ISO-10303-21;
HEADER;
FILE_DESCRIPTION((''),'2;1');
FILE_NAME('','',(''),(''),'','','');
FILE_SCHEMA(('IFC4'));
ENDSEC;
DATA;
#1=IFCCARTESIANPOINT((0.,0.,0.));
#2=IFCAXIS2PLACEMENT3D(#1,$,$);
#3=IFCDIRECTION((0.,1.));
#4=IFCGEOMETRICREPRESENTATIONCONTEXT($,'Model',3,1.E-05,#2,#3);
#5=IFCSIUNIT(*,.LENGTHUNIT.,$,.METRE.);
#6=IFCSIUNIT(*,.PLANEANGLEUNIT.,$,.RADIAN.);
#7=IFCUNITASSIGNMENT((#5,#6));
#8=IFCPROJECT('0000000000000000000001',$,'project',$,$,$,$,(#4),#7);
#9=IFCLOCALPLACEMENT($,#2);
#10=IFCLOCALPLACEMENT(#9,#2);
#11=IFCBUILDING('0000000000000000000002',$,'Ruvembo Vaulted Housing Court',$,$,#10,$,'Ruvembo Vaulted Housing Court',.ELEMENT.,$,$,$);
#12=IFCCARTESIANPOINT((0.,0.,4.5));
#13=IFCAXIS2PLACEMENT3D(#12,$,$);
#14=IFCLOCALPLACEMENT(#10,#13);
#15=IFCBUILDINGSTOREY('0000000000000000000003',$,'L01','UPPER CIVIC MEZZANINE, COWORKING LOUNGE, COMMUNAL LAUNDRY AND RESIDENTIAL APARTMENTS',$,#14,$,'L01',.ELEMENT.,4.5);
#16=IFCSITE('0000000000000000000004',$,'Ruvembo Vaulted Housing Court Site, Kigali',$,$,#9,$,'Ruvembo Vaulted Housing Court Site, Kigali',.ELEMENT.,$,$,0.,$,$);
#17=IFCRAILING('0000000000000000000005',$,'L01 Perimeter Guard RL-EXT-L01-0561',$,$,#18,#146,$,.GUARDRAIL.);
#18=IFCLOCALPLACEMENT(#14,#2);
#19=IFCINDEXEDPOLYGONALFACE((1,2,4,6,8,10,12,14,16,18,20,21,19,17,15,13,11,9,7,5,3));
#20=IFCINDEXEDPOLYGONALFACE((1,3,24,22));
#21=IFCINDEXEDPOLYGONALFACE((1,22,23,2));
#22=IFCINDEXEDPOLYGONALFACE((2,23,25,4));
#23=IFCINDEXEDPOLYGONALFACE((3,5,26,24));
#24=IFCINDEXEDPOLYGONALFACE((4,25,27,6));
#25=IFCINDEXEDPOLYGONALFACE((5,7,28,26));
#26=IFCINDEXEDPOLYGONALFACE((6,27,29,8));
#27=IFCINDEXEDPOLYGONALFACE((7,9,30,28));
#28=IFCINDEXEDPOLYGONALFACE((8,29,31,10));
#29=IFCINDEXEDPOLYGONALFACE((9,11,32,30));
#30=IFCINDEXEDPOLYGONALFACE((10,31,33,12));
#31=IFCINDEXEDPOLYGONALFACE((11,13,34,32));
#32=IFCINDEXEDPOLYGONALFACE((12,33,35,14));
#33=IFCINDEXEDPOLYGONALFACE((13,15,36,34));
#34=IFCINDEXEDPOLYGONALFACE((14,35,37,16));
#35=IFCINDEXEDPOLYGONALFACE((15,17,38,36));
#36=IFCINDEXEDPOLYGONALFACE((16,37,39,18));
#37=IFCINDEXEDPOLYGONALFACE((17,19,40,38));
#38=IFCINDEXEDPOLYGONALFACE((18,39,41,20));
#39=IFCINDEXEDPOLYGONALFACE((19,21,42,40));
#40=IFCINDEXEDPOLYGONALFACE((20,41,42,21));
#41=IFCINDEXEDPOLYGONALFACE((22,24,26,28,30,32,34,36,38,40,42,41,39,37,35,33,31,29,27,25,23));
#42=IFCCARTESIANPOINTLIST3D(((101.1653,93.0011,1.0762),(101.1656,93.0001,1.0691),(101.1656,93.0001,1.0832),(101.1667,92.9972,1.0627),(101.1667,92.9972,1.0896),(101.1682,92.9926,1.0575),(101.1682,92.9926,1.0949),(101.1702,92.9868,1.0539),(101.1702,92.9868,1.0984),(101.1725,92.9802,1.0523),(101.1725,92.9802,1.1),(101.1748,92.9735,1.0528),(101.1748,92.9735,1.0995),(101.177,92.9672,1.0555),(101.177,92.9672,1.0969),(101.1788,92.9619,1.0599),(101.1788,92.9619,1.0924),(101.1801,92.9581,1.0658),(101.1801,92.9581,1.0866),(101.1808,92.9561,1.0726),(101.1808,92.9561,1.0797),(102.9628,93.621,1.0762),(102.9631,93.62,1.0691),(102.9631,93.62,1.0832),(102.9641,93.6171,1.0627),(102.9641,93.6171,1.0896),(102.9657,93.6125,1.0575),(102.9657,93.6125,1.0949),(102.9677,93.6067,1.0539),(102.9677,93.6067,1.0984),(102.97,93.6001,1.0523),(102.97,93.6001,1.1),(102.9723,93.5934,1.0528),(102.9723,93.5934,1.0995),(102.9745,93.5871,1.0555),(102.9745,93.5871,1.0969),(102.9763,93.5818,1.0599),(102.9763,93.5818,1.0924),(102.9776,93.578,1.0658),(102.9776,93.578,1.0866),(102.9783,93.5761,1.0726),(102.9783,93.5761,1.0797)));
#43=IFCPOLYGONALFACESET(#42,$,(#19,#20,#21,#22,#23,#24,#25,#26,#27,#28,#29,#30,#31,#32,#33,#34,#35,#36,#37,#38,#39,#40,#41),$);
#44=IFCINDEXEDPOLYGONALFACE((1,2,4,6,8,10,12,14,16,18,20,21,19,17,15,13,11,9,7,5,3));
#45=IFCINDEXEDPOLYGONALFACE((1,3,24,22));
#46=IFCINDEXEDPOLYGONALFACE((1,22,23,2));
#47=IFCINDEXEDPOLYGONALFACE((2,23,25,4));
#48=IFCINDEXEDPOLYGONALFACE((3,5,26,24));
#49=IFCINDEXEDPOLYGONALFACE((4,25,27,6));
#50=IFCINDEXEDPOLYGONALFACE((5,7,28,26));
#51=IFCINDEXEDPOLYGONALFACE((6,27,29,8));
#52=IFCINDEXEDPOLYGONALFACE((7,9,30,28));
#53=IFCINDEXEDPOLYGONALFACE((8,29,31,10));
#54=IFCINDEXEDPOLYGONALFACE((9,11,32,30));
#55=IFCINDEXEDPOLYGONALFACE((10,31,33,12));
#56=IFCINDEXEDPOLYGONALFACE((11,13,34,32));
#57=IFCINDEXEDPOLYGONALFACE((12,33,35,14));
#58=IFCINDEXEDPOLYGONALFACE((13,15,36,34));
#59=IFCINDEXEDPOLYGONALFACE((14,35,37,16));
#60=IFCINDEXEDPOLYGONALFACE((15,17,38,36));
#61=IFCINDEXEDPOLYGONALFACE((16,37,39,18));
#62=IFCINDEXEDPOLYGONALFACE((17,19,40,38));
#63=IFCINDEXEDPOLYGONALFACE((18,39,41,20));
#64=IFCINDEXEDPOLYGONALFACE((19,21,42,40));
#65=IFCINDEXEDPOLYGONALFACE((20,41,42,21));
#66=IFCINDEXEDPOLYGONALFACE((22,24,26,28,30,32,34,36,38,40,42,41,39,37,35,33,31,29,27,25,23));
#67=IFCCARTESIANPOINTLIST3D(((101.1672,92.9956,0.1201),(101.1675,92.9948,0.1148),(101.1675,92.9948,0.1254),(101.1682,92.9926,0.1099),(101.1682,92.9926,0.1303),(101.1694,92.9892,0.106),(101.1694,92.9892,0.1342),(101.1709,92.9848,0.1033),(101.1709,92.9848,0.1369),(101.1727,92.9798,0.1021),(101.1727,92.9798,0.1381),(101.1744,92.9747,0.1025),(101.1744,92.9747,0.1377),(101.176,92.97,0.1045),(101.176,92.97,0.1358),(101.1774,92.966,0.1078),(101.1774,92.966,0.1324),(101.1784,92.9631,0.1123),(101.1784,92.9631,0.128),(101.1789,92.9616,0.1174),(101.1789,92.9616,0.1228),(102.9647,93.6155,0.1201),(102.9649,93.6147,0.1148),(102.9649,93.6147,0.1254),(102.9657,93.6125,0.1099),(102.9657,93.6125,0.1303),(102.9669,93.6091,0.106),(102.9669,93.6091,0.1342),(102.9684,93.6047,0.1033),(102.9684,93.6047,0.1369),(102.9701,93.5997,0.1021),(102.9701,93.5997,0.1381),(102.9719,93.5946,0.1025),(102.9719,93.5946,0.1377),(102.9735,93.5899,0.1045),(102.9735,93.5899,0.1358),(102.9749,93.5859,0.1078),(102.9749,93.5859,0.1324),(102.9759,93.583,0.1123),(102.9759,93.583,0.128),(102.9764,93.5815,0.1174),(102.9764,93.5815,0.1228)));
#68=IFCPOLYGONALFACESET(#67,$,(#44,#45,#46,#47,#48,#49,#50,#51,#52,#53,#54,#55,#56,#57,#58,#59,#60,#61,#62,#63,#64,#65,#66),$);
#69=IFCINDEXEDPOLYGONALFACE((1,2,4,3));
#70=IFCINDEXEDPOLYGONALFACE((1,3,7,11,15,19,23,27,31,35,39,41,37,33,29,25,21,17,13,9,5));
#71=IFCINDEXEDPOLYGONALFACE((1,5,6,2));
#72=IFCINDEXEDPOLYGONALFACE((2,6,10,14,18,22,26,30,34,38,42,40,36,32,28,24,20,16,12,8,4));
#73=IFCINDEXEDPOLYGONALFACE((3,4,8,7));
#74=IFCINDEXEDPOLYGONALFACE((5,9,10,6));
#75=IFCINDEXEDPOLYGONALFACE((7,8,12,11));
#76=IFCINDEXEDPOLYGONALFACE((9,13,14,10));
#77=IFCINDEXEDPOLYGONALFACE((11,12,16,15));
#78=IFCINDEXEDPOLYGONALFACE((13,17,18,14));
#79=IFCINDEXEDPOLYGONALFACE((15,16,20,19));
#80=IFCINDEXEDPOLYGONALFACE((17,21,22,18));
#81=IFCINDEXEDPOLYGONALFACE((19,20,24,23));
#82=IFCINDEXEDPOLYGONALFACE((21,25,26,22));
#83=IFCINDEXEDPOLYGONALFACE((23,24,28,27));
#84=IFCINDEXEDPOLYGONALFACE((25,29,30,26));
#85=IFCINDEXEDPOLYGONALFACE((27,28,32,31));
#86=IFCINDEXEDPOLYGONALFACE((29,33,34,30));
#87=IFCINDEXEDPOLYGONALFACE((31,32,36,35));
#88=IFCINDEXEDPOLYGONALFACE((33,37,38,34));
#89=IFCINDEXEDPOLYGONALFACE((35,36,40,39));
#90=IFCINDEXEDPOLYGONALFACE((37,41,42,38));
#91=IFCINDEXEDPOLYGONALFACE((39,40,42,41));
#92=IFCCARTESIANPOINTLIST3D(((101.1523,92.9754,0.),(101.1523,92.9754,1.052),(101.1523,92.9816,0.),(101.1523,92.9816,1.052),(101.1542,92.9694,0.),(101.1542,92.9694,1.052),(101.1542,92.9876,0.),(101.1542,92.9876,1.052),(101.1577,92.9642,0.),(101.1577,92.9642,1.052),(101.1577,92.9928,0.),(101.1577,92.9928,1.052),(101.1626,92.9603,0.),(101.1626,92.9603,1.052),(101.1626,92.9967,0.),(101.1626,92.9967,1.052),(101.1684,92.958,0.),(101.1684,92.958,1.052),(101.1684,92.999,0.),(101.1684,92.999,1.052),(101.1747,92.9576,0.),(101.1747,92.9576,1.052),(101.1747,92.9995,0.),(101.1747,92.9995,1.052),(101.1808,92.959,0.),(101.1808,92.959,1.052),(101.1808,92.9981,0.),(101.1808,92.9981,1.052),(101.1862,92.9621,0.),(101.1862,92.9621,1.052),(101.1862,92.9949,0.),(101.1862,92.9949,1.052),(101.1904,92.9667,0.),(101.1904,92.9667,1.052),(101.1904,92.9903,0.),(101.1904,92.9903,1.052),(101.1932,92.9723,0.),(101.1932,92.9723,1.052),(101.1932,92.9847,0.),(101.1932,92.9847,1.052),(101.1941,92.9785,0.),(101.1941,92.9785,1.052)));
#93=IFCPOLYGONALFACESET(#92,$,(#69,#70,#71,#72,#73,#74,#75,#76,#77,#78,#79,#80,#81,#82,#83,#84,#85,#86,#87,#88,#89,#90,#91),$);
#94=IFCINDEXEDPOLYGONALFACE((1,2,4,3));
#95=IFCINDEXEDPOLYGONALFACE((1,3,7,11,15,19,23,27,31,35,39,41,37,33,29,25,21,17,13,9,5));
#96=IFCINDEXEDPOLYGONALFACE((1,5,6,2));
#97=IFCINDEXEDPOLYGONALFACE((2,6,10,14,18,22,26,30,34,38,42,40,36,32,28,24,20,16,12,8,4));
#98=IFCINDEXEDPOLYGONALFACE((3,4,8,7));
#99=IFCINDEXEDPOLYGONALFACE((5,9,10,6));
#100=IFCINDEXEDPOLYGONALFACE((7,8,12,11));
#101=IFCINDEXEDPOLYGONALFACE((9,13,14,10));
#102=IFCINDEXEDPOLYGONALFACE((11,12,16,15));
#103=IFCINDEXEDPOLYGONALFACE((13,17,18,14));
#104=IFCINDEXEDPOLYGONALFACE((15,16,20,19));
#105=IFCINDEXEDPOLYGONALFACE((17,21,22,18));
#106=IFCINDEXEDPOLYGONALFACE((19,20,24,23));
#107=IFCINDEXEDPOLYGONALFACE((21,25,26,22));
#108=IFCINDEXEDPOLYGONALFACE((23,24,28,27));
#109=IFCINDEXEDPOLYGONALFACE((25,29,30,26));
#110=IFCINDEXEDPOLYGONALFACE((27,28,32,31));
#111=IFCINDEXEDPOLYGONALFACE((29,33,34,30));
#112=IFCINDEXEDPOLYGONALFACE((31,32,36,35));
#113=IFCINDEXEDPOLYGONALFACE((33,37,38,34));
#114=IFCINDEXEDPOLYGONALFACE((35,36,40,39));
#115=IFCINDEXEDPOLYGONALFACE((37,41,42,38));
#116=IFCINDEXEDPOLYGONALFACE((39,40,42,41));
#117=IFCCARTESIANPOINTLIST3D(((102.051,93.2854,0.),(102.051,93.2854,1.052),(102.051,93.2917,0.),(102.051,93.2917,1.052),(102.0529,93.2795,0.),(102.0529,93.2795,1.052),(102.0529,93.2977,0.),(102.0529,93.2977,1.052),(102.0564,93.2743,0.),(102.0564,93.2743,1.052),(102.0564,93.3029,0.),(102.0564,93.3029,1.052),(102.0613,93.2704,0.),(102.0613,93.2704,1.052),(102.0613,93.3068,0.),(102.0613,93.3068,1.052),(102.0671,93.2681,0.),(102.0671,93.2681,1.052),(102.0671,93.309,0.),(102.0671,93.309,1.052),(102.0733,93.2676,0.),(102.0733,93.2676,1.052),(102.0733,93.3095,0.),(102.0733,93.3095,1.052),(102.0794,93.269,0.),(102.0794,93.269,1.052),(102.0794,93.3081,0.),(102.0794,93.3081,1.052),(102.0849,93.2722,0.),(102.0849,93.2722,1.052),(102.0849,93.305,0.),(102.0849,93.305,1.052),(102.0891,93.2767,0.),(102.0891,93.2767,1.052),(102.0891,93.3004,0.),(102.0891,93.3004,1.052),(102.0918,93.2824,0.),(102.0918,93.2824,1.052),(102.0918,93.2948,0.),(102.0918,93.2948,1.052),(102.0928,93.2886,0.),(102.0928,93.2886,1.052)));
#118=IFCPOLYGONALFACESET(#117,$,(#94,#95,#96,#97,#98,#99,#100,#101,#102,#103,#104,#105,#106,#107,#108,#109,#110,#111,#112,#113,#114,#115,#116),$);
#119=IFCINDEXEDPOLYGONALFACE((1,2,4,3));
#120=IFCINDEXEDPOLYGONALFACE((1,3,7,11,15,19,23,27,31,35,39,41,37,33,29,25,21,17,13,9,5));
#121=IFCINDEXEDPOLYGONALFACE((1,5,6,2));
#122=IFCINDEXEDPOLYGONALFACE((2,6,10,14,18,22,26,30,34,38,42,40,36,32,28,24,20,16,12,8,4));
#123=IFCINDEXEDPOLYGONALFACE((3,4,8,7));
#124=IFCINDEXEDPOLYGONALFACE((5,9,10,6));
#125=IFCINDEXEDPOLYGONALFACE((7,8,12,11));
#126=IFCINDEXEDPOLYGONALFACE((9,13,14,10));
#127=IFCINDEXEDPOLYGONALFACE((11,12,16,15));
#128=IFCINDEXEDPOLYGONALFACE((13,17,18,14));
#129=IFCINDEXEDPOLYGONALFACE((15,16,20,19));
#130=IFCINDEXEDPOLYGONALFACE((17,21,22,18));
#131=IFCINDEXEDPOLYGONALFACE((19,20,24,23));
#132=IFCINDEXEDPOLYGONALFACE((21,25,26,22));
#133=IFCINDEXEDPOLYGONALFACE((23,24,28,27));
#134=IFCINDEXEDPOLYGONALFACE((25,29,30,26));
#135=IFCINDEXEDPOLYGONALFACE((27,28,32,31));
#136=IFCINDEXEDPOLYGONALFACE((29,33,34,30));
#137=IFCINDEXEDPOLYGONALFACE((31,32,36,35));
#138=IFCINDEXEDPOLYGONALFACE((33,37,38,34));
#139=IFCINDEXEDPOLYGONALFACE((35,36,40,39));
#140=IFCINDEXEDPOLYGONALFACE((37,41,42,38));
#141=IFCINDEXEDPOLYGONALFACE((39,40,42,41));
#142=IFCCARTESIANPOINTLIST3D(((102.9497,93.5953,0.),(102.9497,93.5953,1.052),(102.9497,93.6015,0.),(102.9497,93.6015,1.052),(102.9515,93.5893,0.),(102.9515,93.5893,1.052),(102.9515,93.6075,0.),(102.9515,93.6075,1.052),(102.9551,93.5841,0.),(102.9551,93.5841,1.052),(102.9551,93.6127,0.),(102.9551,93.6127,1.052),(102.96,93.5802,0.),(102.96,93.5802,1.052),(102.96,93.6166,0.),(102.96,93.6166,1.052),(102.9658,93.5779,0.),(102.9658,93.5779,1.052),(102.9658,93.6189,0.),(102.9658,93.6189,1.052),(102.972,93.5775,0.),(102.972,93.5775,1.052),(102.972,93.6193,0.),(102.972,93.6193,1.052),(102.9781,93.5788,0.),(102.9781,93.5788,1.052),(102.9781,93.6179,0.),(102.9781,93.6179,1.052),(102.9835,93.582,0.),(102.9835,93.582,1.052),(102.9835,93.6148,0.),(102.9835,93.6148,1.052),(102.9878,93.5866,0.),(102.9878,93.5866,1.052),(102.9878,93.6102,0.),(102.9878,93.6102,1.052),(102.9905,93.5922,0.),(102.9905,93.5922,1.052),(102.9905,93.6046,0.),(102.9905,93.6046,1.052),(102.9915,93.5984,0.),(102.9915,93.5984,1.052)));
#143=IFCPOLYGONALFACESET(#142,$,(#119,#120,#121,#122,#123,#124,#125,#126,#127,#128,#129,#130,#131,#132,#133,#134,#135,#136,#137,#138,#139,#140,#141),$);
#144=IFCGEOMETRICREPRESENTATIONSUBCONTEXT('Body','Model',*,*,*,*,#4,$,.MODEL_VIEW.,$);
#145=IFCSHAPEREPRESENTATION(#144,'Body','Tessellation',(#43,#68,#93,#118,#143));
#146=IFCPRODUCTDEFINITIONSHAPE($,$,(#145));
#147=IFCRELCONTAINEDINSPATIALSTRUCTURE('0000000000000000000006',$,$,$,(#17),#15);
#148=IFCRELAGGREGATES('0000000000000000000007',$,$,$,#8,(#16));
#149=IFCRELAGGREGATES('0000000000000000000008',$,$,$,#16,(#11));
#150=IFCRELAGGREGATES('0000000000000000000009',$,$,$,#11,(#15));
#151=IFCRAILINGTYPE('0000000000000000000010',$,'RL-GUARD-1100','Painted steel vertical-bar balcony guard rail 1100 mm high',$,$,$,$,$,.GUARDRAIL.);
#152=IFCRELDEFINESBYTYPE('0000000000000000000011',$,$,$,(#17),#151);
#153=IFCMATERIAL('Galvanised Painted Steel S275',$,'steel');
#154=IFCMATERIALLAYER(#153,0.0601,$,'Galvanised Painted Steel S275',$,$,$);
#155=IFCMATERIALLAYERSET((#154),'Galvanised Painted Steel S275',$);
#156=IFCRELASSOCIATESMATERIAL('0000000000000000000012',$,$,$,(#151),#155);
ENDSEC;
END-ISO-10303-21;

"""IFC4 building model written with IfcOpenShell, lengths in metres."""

from ifc_helpers import new_model, si_unit, direction, frame, origin, origin_2d, place, context, subcontext, project, spatial, circle, extrude, material, layer, layer_set, type_object, element, save


model = new_model("IFC4")

# Units and contexts
model_context = context("Model", 3, precision=1e-05, world=origin(), true_north=direction((0.0, 1.0)))
body_context = subcontext(model_context, "Body", "Model", "MODEL_VIEW")
ifc_project = project(units=[si_unit("LENGTHUNIT", "METRE"), si_unit("PLANEANGLEUNIT", "RADIAN")], contexts=[model_context])

# Site, building, storey
site_placement = place(None, origin())
site = spatial("IfcSite", under=ifc_project, at=site_placement, Name="Ruvembo Vaulted Housing Court Site, Kigali", LongName="Ruvembo Vaulted Housing Court Site, Kigali", CompositionType="ELEMENT", RefElevation=0.0)
building_placement = place(site_placement, origin())
building = spatial("IfcBuilding", under=site, at=building_placement, Name="Ruvembo Vaulted Housing Court", LongName="Ruvembo Vaulted Housing Court", CompositionType="ELEMENT")
storey_placement = place(building_placement, frame((0.0, 0.0, 4.5)))
storey = spatial("IfcBuildingStorey", under=building, at=storey_placement, Name="L01", Description="UPPER CIVIC MEZZANINE, COWORKING LOUNGE, COMMUNAL LAUNDRY AND RESIDENTIAL APARTMENTS", LongName="L01", CompositionType="ELEMENT", Elevation=4.5)

# Railing
ifc_material_1 = material(Name="Galvanised Painted Steel S275", Category="steel")
ifc_layer = layer(ifc_material_1, 0.0601, Name="Galvanised Painted Steel S275")
ifc_layer_set = layer_set([ifc_layer], Name="Galvanised Painted Steel S275")
railing_type = type_object("IfcRailingType", Name="RL-GUARD-1100", Description="Painted steel vertical-bar balcony guard rail 1100 mm high", PredefinedType="GUARDRAIL", material=ifc_layer_set)
railing_1_placement = place(storey_placement, frame((101.1731, 92.9785, 0.0)))
element("IfcRailing", 1, at=railing_1_placement, inside=storey, type_object=railing_type, Name="L01 Perimeter Guard RL-EXT-L01-0561", PredefinedType="GUARDRAIL", context=body_context, shape_type="SweptSolid", body=[
    extrude(circle(Radius=0.0239, at=origin_2d()), frame((0.0, 0.0, 1.0762), z_axis=(0.945358, 0.326034, 0.0), x_axis=(-0.326034, 0.945358, 0.0)), (0.0, 0.0, 1.0), 1.9014),
    extrude(circle(Radius=0.0181, at=origin_2d()), frame((0.0, 0.0, 0.1201), z_axis=(0.945358, 0.326034, 0.0), x_axis=(-0.326034, 0.945358, 0.0)), (0.0, 0.0, 1.0), 1.9014),
    extrude(circle(Radius=0.021, at=origin_2d()), origin(), (0.0, 0.0, 1.0), 1.052),
    extrude(circle(Radius=0.021, at=origin_2d()), frame((0.8987, 0.3101, 0.0)), (0.0, 0.0, 1.0), 1.052),
    extrude(circle(Radius=0.021, at=origin_2d()), frame((1.7974, 0.6199, 0.0)), (0.0, 0.0, 1.0), 1.052),
])

save(model, "model.ifc")
